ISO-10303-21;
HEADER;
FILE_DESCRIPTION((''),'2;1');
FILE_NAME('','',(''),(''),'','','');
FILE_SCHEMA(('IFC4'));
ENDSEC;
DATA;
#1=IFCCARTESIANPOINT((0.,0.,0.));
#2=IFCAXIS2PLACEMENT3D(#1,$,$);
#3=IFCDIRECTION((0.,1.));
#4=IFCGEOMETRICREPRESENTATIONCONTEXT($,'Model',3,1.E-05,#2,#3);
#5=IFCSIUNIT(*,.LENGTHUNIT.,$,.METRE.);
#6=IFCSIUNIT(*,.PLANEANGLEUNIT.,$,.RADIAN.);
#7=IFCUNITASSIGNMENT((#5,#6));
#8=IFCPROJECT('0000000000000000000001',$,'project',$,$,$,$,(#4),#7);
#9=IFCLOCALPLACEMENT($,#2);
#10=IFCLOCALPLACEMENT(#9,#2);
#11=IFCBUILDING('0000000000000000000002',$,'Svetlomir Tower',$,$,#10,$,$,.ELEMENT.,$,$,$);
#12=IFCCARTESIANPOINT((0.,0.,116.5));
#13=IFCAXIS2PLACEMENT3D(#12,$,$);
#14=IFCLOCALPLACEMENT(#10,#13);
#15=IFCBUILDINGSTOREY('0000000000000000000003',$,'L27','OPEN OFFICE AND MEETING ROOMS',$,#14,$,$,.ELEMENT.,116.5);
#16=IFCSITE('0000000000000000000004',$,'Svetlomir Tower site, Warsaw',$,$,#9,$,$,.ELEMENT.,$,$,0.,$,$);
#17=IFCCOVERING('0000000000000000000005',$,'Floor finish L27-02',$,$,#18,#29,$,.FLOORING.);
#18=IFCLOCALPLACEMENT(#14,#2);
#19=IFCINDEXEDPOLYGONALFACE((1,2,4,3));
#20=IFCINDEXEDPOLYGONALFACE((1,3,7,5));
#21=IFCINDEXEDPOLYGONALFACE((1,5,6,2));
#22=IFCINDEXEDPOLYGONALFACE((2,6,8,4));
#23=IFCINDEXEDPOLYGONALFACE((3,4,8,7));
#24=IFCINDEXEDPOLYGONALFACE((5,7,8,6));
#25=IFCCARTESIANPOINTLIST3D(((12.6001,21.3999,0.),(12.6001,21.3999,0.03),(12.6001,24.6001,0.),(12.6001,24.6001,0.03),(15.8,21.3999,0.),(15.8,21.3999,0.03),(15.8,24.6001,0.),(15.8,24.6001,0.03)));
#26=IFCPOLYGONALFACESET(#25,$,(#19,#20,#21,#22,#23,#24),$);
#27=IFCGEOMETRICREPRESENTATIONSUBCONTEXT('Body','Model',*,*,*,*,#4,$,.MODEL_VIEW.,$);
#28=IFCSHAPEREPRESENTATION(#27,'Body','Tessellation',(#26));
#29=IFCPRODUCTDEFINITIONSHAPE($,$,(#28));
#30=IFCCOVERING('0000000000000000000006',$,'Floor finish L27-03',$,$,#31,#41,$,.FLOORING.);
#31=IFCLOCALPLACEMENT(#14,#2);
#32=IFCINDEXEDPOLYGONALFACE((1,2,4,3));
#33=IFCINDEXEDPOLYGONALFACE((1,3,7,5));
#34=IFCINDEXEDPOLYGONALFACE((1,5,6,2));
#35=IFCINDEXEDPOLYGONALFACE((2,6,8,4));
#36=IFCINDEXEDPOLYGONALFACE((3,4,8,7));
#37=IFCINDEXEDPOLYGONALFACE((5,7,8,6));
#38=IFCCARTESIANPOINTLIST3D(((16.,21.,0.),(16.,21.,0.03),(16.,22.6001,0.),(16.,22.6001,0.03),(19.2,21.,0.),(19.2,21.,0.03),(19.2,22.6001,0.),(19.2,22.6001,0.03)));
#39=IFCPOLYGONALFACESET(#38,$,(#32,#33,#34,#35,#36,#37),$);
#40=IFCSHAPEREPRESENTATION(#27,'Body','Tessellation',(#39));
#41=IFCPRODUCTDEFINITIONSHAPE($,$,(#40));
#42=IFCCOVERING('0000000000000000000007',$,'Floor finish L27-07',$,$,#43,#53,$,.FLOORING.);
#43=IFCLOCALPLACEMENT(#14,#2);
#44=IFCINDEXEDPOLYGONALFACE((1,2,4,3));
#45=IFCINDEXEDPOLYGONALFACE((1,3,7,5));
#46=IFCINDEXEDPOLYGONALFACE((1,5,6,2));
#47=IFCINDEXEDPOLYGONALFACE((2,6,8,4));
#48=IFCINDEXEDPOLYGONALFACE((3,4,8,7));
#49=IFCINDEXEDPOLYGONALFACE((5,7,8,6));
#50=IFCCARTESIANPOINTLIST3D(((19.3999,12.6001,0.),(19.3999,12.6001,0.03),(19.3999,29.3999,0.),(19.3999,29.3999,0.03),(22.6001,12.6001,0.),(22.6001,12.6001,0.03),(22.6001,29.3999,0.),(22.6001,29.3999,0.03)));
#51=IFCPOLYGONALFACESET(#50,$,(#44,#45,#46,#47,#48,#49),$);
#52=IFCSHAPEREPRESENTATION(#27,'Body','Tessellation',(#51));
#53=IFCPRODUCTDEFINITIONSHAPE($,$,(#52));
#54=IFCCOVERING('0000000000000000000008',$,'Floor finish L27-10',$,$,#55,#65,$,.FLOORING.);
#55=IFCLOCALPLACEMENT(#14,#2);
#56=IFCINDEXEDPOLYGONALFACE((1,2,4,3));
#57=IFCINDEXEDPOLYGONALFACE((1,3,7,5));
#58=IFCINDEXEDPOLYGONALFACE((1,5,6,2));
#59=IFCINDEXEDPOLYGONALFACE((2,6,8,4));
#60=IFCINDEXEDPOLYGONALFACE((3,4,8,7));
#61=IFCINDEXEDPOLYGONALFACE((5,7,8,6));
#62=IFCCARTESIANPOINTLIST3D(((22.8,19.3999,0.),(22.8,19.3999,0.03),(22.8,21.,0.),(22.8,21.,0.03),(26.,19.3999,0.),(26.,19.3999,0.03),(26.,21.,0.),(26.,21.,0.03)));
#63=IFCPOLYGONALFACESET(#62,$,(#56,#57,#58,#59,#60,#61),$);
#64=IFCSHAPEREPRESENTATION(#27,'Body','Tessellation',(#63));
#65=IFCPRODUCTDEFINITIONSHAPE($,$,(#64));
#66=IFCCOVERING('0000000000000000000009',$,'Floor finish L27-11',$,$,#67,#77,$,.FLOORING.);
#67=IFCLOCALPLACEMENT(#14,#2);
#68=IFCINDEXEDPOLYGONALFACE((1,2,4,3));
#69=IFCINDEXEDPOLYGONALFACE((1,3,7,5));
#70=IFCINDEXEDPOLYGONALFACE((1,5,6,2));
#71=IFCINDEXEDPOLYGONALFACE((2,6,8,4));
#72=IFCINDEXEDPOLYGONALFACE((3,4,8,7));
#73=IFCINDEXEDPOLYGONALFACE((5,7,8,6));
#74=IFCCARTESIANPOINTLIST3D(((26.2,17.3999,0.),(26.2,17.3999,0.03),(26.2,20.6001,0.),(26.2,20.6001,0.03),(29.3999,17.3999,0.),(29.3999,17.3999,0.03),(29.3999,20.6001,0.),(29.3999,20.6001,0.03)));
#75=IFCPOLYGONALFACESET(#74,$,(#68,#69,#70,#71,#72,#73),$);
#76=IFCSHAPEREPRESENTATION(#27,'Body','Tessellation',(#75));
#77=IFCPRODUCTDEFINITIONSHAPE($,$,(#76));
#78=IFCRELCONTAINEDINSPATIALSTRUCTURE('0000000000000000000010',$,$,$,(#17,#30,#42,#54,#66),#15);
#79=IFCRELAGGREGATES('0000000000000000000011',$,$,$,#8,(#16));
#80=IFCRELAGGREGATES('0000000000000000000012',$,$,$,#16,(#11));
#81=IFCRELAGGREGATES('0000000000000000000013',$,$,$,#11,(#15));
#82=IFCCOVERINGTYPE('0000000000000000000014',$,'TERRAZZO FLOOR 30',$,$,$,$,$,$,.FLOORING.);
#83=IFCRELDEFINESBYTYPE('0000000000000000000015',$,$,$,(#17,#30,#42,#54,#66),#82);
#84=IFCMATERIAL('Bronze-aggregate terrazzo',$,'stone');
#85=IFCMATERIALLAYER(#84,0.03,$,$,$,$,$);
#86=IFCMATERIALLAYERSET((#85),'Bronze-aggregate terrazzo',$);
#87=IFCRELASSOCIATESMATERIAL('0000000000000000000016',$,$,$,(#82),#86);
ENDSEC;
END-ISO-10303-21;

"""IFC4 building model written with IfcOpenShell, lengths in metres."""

from ifc_helpers import new_model, si_unit, direction, frame, origin, place, context, subcontext, project, spatial, polyline, outline, extrude, material, layer, layer_set, type_object, element, save


model = new_model("IFC4")

# Units and contexts
model_context = context("Model", 3, precision=1e-05, world=origin(), true_north=direction((0.0, 1.0)))
body_context = subcontext(model_context, "Body", "Model", "MODEL_VIEW")
ifc_project = project(units=[si_unit("LENGTHUNIT", "METRE"), si_unit("PLANEANGLEUNIT", "RADIAN")], contexts=[model_context])

# Site, building, storey
site_placement = place(None, origin())
site = spatial("IfcSite", under=ifc_project, at=site_placement, Name="Svetlomir Tower site, Warsaw", CompositionType="ELEMENT", RefElevation=0.0)
building_placement = place(site_placement, origin())
building = spatial("IfcBuilding", under=site, at=building_placement, Name="Svetlomir Tower", CompositionType="ELEMENT")
storey_placement = place(building_placement, frame((0.0, 0.0, 116.5)))
storey = spatial("IfcBuildingStorey", under=building, at=storey_placement, Name="L27", Description="OPEN OFFICE AND MEETING ROOMS", CompositionType="ELEMENT", Elevation=116.5)

# Coverings
ifc_material_1 = material(Name="Bronze-aggregate terrazzo", Category="stone")
ifc_layer_1 = layer(ifc_material_1, 0.03)
ifc_layer_set_1 = layer_set([ifc_layer_1], Name="Bronze-aggregate terrazzo")
covering_type_1 = type_object("IfcCoveringType", Name="TERRAZZO FLOOR 30", PredefinedType="FLOORING", material=ifc_layer_set_1)
covering_1_placement = place(storey_placement, origin())
element("IfcCovering", 1, at=covering_1_placement, inside=storey, type_object=covering_type_1, Name="Floor finish L27-02", PredefinedType="FLOORING", context=body_context, shape_type="SweptSolid", body=[
    extrude(outline(polyline([(12.6001, 21.3999), (15.8, 21.3999), (15.8, 24.6001), (12.6001, 24.6001), (12.6001, 21.3999)])), origin(), (0.0, 0.0, 1.0), 0.03),
])
covering_2_placement = place(storey_placement, origin())
element("IfcCovering", 2, at=covering_2_placement, inside=storey, type_object=covering_type_1, Name="Floor finish L27-03", PredefinedType="FLOORING", context=body_context, shape_type="SweptSolid", body=[
    extrude(outline(polyline([(16.0, 21.0), (19.2, 21.0), (19.2, 22.6001), (16.0, 22.6001), (16.0, 21.0)])), origin(), (0.0, 0.0, 1.0), 0.03),
])
covering_3_placement = place(storey_placement, origin())
element("IfcCovering", 3, at=covering_3_placement, inside=storey, type_object=covering_type_1, Name="Floor finish L27-07", PredefinedType="FLOORING", context=body_context, shape_type="SweptSolid", body=[
    extrude(outline(polyline([(19.3999, 12.6001), (22.6001, 12.6001), (22.6001, 29.3999), (19.3999, 29.3999), (19.3999, 12.6001)])), origin(), (0.0, 0.0, 1.0), 0.03),
])
covering_4_placement = place(storey_placement, origin())
element("IfcCovering", 4, at=covering_4_placement, inside=storey, type_object=covering_type_1, Name="Floor finish L27-10", PredefinedType="FLOORING", context=body_context, shape_type="SweptSolid", body=[
    extrude(outline(polyline([(22.8, 19.3999), (26.0, 19.3999), (26.0, 21.0), (22.8, 21.0), (22.8, 19.3999)])), origin(), (0.0, 0.0, 1.0), 0.03),
])
covering_5_placement = place(storey_placement, origin())
element("IfcCovering", 5, at=covering_5_placement, inside=storey, type_object=covering_type_1, Name="Floor finish L27-11", PredefinedType="FLOORING", context=body_context, shape_type="SweptSolid", body=[
    extrude(outline(polyline([(26.2, 17.3999), (29.3999, 17.3999), (29.3999, 20.6001), (26.2, 20.6001), (26.2, 17.3999)])), origin(), (0.0, 0.0, 1.0), 0.03),
])

save(model, "model.ifc")
